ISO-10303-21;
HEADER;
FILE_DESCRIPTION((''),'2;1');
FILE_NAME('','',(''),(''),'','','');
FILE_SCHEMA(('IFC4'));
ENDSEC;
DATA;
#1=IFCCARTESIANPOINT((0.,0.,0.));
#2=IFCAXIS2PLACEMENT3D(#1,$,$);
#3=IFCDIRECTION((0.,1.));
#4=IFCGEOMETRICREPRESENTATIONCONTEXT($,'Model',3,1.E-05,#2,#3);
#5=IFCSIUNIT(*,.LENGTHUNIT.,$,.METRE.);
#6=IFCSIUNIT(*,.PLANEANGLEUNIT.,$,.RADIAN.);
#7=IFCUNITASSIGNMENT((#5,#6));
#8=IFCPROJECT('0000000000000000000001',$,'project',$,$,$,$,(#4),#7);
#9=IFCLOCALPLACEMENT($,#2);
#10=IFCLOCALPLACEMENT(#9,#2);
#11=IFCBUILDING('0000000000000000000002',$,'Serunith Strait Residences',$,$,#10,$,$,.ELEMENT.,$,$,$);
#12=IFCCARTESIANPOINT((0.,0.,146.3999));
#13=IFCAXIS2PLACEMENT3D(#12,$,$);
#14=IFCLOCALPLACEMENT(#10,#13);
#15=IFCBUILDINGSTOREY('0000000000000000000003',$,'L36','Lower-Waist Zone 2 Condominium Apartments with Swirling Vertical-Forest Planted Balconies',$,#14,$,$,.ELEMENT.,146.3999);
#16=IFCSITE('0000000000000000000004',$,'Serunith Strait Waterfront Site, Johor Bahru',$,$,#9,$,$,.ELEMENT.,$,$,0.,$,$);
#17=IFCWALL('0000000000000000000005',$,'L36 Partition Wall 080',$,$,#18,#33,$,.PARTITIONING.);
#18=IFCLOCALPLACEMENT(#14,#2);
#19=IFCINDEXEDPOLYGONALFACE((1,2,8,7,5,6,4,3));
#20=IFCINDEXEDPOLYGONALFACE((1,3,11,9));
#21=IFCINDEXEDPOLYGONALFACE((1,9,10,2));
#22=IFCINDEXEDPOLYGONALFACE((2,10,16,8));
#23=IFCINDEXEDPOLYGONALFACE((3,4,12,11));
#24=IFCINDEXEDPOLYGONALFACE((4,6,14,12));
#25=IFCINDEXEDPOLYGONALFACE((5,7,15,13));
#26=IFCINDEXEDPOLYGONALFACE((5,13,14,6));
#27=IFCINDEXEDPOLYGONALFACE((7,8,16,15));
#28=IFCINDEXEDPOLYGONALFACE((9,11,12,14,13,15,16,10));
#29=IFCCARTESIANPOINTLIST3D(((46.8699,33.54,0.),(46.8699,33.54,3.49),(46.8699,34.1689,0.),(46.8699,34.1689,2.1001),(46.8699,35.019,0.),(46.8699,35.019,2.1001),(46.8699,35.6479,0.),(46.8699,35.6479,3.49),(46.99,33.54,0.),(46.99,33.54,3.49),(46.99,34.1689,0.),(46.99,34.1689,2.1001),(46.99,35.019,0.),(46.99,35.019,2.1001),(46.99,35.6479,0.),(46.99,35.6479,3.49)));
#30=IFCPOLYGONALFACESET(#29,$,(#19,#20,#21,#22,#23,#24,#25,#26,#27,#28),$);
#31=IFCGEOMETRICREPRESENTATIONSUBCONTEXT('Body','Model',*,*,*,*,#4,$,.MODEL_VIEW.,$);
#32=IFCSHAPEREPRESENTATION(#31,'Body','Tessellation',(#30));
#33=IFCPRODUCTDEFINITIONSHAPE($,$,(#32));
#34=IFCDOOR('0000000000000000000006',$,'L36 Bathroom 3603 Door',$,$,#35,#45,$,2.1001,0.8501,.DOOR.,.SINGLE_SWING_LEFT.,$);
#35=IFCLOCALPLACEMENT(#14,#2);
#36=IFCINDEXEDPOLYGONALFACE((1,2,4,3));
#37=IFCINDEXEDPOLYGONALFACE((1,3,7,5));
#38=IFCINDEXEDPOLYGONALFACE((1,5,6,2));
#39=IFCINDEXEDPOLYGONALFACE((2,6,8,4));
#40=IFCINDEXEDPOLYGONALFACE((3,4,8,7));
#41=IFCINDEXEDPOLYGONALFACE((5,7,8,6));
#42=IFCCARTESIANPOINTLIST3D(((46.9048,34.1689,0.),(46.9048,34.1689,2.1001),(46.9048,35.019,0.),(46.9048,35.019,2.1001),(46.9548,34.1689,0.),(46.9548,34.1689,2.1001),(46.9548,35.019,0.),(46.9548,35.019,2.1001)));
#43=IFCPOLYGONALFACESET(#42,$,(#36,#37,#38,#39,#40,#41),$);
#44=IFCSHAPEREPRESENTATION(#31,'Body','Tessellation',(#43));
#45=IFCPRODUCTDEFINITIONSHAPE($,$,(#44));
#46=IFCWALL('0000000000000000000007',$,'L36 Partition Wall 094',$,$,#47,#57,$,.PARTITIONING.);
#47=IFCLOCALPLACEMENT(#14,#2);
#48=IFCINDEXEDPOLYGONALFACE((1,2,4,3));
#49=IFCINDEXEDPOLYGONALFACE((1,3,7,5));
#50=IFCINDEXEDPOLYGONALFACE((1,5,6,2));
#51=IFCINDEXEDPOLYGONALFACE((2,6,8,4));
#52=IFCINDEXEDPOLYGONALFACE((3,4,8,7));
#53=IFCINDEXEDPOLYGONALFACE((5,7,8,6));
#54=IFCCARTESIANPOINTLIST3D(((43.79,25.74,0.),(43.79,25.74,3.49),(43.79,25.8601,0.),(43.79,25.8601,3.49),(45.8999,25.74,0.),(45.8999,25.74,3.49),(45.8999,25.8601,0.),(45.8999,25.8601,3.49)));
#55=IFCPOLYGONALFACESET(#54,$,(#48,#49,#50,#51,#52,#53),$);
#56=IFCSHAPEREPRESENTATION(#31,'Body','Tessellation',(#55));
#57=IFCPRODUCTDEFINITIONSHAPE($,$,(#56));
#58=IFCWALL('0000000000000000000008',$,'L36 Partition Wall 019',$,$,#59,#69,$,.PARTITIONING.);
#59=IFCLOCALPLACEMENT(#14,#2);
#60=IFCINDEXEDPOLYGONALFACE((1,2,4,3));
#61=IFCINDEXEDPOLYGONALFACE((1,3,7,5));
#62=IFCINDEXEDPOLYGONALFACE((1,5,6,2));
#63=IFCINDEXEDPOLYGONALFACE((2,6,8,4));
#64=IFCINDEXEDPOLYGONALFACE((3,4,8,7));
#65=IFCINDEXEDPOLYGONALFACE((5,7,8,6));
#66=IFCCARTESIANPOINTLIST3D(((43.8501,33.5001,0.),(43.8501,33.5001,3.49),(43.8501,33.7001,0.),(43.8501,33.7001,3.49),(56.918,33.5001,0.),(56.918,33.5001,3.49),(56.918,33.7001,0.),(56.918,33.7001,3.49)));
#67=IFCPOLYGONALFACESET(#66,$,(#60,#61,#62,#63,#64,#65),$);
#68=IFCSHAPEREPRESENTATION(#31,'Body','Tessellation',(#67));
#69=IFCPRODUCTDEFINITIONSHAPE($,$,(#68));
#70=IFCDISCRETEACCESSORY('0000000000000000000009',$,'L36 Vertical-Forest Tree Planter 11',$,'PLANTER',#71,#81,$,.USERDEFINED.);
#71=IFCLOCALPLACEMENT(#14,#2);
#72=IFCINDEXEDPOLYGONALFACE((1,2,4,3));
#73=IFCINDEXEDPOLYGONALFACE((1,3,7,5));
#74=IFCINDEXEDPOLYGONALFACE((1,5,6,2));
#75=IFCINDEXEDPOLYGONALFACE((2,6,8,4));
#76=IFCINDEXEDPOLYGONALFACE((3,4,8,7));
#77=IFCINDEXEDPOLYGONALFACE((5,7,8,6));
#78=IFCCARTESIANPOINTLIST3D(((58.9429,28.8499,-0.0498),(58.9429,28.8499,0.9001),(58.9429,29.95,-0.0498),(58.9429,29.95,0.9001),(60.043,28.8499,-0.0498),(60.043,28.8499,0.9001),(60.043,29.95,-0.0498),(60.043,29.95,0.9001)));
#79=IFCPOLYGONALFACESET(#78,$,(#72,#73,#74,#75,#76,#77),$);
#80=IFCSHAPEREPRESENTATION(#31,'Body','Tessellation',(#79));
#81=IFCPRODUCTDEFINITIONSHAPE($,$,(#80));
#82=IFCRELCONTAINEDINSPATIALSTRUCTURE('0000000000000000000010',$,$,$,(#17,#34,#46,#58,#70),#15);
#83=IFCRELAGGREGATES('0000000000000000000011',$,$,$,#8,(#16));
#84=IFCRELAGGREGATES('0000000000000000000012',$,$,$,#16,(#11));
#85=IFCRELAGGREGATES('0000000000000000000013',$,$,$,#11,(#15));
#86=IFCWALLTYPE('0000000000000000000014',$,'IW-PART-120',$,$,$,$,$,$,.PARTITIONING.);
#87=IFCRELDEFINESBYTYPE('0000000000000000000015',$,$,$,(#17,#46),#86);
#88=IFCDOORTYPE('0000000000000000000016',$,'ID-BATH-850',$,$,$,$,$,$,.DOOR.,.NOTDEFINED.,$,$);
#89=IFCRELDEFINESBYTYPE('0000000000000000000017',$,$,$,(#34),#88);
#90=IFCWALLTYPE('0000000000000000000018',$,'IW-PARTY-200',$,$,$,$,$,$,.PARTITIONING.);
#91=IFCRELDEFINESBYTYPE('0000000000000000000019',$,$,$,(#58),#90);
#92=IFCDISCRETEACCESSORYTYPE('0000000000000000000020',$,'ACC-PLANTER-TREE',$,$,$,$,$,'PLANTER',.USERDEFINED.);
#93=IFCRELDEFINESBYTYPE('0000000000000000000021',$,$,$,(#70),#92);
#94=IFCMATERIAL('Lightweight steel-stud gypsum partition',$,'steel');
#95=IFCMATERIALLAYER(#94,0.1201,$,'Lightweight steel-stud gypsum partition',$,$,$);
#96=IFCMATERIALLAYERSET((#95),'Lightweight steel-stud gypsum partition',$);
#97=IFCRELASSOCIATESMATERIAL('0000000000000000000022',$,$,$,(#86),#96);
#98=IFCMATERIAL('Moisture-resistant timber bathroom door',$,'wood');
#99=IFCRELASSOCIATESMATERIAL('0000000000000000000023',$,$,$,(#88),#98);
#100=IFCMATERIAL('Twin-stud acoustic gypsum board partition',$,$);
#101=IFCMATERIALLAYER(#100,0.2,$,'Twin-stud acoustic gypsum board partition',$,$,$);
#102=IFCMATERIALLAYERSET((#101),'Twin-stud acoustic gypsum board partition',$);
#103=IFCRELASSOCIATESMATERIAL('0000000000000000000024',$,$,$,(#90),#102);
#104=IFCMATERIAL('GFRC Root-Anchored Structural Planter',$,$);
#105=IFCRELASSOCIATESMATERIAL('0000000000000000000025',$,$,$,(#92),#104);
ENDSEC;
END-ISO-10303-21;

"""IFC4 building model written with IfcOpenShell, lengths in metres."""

from ifc_helpers import new_model, si_unit, direction, frame, frame_2d, origin, origin_2d, place, context, subcontext, project, spatial, rectangle, extrude, source, transform, mapped, material, layer, layer_set, type_object, element, fill, save


model = new_model("IFC4")

# Units and contexts
model_context = context("Model", 3, precision=1e-05, world=origin(), true_north=direction((0.0, 1.0)))
body_context = subcontext(model_context, "Body", "Model", "MODEL_VIEW")
ifc_project = project(units=[si_unit("LENGTHUNIT", "METRE"), si_unit("PLANEANGLEUNIT", "RADIAN")], contexts=[model_context])

# Site, building, storey
site_placement = place(None, origin())
site = spatial("IfcSite", under=ifc_project, at=site_placement, Name="Serunith Strait Waterfront Site, Johor Bahru", CompositionType="ELEMENT", RefElevation=0.0)
building_placement = place(site_placement, origin())
building = spatial("IfcBuilding", under=site, at=building_placement, Name="Serunith Strait Residences", CompositionType="ELEMENT")
storey_placement = place(building_placement, frame((0.0, 0.0, 146.3999)))
storey = spatial("IfcBuildingStorey", under=building, at=storey_placement, Name="L36", Description="Lower-Waist Zone 2 Condominium Apartments with Swirling Vertical-Forest Planted Balconies", CompositionType="ELEMENT", Elevation=146.3999)

# Shared definitions
ifc_material_1 = material(Name="Lightweight steel-stud gypsum partition", Category="steel")
ifc_layer_1 = layer(ifc_material_1, 0.1201, Name="Lightweight steel-stud gypsum partition")
ifc_layer_set_1 = layer_set([ifc_layer_1], Name="Lightweight steel-stud gypsum partition")
wall_type_1 = type_object("IfcWallType", Name="IW-PART-120", PredefinedType="PARTITIONING", material=ifc_layer_set_1)

# Wall, opening, door
wall_1_placement = place(storey_placement, frame((46.9299, 35.6479, 0.0), z_axis=(0.0, 0.0, 1.0), x_axis=(0.0, -1.0, 0.0)))
wall_1 = element("IfcWall", 1, at=wall_1_placement, inside=storey, type_object=wall_type_1, Name="L36 Partition Wall 080", PredefinedType="PARTITIONING", context=body_context, shape_type="SweptSolid", body=[
    extrude(rectangle(XDim=2.1079, YDim=0.1201, at=frame_2d((1.054, 0.0))), origin(), (0.0, 0.0, 1.0), 3.49),
])
opening_1_placement = place(wall_1_placement, frame((0.6289, 0.0, 0.0)))
opening_1 = element("IfcOpeningElement", 2, at=opening_1_placement, cuts=wall_1, PredefinedType="OPENING", context=body_context, shape_type="SweptSolid", body=[
    extrude(rectangle(XDim=0.8501, YDim=2.1001, at=frame_2d((0.425, 1.05))), frame((0.0, 0.0701, 0.0), z_axis=(0.0, -1.0, 0.0), x_axis=(1.0, 0.0, 0.0)), (0.0, 0.0, 1.0), 0.1401),
])
ifc_material_2 = material(Name="Moisture-resistant timber bathroom door", Category="wood")
door_type_1 = type_object("IfcDoorType", Name="ID-BATH-850", OperationType="NOTDEFINED", PredefinedType="DOOR", material=ifc_material_2)
shared_shape_1 = source(origin(), body_context, "Body", "SweptSolid", [
    extrude(rectangle(XDim=0.8501, YDim=2.1001, at=frame_2d((0.425, 1.05))), frame((0.0, 0.0249, 0.0), z_axis=(0.0, -1.0, 0.0), x_axis=(1.0, 0.0, 0.0)), (0.0, 0.0, 1.0), 0.05),
])
door_1_placement = place(opening_1_placement, origin())
door_1 = element("IfcDoor", 3, at=door_1_placement, inside=storey, type_object=door_type_1, Name="L36 Bathroom 3603 Door", OperationType="SINGLE_SWING_LEFT", OverallHeight=2.1001, OverallWidth=0.8501, PredefinedType="DOOR", context=body_context, shape_type="MappedRepresentation", body=[
    mapped(shared_shape_1, transform((0.0, 0.0, 0.0), scale=1.0)),
])
fill(opening_1, door_1)

# Walls
wall_2_placement = place(storey_placement, frame((45.8999, 25.8, 0.0), z_axis=(0.0, 0.0, 1.0), x_axis=(-1.0, 0.0, 0.0)))
element("IfcWall", 4, at=wall_2_placement, inside=storey, type_object=wall_type_1, Name="L36 Partition Wall 094", PredefinedType="PARTITIONING", context=body_context, shape_type="SweptSolid", body=[
    extrude(rectangle(XDim=2.1099, YDim=0.1201, at=frame_2d((1.0549, 0.0))), origin(), (0.0, 0.0, 1.0), 3.49),
])
ifc_material_3 = material(Name="Twin-stud acoustic gypsum board partition")
ifc_layer_2 = layer(ifc_material_3, 0.2, Name="Twin-stud acoustic gypsum board partition")
ifc_layer_set_2 = layer_set([ifc_layer_2], Name="Twin-stud acoustic gypsum board partition")
wall_type_2 = type_object("IfcWallType", Name="IW-PARTY-200", PredefinedType="PARTITIONING", material=ifc_layer_set_2)
wall_3_placement = place(storey_placement, frame((43.8501, 33.6001, 0.0), z_axis=(0.0, 0.0, 1.0), x_axis=(1.0, 0.0, 0.0)))
element("IfcWall", 5, at=wall_3_placement, inside=storey, type_object=wall_type_2, Name="L36 Partition Wall 019", PredefinedType="PARTITIONING", context=body_context, shape_type="SweptSolid", body=[
    extrude(rectangle(XDim=13.0679, YDim=0.2, at=frame_2d((6.5339, 0.0))), origin(), (0.0, 0.0, 1.0), 3.49),
])

# Discrete accessory
ifc_material_4 = material(Name="GFRC Root-Anchored Structural Planter")
discrete_accessory_type = type_object("IfcDiscreteAccessoryType", Name="ACC-PLANTER-TREE", ElementType="PLANTER", PredefinedType="USERDEFINED", material=ifc_material_4)
shared_shape_2 = source(origin(), body_context, "Body", "SweptSolid", [
    extrude(rectangle(XDim=1.1001, YDim=1.1001, at=origin_2d()), origin(), (0.0, 0.0, 1.0), 0.95),
])
discrete_accessory_placement = place(storey_placement, frame((59.4929, 29.3999, -0.0498), z_axis=(0.0, 0.0, 1.0), x_axis=(0.0, 1.0, 0.0)))
element("IfcDiscreteAccessory", 6, at=discrete_accessory_placement, inside=storey, type_object=discrete_accessory_type, Name="L36 Vertical-Forest Tree Planter 11", ObjectType="PLANTER", PredefinedType="USERDEFINED", context=body_context, shape_type="MappedRepresentation", body=[
    mapped(shared_shape_2, transform((0.0, 0.0, 0.0), scale=1.0)),
])

save(model, "model.ifc")
